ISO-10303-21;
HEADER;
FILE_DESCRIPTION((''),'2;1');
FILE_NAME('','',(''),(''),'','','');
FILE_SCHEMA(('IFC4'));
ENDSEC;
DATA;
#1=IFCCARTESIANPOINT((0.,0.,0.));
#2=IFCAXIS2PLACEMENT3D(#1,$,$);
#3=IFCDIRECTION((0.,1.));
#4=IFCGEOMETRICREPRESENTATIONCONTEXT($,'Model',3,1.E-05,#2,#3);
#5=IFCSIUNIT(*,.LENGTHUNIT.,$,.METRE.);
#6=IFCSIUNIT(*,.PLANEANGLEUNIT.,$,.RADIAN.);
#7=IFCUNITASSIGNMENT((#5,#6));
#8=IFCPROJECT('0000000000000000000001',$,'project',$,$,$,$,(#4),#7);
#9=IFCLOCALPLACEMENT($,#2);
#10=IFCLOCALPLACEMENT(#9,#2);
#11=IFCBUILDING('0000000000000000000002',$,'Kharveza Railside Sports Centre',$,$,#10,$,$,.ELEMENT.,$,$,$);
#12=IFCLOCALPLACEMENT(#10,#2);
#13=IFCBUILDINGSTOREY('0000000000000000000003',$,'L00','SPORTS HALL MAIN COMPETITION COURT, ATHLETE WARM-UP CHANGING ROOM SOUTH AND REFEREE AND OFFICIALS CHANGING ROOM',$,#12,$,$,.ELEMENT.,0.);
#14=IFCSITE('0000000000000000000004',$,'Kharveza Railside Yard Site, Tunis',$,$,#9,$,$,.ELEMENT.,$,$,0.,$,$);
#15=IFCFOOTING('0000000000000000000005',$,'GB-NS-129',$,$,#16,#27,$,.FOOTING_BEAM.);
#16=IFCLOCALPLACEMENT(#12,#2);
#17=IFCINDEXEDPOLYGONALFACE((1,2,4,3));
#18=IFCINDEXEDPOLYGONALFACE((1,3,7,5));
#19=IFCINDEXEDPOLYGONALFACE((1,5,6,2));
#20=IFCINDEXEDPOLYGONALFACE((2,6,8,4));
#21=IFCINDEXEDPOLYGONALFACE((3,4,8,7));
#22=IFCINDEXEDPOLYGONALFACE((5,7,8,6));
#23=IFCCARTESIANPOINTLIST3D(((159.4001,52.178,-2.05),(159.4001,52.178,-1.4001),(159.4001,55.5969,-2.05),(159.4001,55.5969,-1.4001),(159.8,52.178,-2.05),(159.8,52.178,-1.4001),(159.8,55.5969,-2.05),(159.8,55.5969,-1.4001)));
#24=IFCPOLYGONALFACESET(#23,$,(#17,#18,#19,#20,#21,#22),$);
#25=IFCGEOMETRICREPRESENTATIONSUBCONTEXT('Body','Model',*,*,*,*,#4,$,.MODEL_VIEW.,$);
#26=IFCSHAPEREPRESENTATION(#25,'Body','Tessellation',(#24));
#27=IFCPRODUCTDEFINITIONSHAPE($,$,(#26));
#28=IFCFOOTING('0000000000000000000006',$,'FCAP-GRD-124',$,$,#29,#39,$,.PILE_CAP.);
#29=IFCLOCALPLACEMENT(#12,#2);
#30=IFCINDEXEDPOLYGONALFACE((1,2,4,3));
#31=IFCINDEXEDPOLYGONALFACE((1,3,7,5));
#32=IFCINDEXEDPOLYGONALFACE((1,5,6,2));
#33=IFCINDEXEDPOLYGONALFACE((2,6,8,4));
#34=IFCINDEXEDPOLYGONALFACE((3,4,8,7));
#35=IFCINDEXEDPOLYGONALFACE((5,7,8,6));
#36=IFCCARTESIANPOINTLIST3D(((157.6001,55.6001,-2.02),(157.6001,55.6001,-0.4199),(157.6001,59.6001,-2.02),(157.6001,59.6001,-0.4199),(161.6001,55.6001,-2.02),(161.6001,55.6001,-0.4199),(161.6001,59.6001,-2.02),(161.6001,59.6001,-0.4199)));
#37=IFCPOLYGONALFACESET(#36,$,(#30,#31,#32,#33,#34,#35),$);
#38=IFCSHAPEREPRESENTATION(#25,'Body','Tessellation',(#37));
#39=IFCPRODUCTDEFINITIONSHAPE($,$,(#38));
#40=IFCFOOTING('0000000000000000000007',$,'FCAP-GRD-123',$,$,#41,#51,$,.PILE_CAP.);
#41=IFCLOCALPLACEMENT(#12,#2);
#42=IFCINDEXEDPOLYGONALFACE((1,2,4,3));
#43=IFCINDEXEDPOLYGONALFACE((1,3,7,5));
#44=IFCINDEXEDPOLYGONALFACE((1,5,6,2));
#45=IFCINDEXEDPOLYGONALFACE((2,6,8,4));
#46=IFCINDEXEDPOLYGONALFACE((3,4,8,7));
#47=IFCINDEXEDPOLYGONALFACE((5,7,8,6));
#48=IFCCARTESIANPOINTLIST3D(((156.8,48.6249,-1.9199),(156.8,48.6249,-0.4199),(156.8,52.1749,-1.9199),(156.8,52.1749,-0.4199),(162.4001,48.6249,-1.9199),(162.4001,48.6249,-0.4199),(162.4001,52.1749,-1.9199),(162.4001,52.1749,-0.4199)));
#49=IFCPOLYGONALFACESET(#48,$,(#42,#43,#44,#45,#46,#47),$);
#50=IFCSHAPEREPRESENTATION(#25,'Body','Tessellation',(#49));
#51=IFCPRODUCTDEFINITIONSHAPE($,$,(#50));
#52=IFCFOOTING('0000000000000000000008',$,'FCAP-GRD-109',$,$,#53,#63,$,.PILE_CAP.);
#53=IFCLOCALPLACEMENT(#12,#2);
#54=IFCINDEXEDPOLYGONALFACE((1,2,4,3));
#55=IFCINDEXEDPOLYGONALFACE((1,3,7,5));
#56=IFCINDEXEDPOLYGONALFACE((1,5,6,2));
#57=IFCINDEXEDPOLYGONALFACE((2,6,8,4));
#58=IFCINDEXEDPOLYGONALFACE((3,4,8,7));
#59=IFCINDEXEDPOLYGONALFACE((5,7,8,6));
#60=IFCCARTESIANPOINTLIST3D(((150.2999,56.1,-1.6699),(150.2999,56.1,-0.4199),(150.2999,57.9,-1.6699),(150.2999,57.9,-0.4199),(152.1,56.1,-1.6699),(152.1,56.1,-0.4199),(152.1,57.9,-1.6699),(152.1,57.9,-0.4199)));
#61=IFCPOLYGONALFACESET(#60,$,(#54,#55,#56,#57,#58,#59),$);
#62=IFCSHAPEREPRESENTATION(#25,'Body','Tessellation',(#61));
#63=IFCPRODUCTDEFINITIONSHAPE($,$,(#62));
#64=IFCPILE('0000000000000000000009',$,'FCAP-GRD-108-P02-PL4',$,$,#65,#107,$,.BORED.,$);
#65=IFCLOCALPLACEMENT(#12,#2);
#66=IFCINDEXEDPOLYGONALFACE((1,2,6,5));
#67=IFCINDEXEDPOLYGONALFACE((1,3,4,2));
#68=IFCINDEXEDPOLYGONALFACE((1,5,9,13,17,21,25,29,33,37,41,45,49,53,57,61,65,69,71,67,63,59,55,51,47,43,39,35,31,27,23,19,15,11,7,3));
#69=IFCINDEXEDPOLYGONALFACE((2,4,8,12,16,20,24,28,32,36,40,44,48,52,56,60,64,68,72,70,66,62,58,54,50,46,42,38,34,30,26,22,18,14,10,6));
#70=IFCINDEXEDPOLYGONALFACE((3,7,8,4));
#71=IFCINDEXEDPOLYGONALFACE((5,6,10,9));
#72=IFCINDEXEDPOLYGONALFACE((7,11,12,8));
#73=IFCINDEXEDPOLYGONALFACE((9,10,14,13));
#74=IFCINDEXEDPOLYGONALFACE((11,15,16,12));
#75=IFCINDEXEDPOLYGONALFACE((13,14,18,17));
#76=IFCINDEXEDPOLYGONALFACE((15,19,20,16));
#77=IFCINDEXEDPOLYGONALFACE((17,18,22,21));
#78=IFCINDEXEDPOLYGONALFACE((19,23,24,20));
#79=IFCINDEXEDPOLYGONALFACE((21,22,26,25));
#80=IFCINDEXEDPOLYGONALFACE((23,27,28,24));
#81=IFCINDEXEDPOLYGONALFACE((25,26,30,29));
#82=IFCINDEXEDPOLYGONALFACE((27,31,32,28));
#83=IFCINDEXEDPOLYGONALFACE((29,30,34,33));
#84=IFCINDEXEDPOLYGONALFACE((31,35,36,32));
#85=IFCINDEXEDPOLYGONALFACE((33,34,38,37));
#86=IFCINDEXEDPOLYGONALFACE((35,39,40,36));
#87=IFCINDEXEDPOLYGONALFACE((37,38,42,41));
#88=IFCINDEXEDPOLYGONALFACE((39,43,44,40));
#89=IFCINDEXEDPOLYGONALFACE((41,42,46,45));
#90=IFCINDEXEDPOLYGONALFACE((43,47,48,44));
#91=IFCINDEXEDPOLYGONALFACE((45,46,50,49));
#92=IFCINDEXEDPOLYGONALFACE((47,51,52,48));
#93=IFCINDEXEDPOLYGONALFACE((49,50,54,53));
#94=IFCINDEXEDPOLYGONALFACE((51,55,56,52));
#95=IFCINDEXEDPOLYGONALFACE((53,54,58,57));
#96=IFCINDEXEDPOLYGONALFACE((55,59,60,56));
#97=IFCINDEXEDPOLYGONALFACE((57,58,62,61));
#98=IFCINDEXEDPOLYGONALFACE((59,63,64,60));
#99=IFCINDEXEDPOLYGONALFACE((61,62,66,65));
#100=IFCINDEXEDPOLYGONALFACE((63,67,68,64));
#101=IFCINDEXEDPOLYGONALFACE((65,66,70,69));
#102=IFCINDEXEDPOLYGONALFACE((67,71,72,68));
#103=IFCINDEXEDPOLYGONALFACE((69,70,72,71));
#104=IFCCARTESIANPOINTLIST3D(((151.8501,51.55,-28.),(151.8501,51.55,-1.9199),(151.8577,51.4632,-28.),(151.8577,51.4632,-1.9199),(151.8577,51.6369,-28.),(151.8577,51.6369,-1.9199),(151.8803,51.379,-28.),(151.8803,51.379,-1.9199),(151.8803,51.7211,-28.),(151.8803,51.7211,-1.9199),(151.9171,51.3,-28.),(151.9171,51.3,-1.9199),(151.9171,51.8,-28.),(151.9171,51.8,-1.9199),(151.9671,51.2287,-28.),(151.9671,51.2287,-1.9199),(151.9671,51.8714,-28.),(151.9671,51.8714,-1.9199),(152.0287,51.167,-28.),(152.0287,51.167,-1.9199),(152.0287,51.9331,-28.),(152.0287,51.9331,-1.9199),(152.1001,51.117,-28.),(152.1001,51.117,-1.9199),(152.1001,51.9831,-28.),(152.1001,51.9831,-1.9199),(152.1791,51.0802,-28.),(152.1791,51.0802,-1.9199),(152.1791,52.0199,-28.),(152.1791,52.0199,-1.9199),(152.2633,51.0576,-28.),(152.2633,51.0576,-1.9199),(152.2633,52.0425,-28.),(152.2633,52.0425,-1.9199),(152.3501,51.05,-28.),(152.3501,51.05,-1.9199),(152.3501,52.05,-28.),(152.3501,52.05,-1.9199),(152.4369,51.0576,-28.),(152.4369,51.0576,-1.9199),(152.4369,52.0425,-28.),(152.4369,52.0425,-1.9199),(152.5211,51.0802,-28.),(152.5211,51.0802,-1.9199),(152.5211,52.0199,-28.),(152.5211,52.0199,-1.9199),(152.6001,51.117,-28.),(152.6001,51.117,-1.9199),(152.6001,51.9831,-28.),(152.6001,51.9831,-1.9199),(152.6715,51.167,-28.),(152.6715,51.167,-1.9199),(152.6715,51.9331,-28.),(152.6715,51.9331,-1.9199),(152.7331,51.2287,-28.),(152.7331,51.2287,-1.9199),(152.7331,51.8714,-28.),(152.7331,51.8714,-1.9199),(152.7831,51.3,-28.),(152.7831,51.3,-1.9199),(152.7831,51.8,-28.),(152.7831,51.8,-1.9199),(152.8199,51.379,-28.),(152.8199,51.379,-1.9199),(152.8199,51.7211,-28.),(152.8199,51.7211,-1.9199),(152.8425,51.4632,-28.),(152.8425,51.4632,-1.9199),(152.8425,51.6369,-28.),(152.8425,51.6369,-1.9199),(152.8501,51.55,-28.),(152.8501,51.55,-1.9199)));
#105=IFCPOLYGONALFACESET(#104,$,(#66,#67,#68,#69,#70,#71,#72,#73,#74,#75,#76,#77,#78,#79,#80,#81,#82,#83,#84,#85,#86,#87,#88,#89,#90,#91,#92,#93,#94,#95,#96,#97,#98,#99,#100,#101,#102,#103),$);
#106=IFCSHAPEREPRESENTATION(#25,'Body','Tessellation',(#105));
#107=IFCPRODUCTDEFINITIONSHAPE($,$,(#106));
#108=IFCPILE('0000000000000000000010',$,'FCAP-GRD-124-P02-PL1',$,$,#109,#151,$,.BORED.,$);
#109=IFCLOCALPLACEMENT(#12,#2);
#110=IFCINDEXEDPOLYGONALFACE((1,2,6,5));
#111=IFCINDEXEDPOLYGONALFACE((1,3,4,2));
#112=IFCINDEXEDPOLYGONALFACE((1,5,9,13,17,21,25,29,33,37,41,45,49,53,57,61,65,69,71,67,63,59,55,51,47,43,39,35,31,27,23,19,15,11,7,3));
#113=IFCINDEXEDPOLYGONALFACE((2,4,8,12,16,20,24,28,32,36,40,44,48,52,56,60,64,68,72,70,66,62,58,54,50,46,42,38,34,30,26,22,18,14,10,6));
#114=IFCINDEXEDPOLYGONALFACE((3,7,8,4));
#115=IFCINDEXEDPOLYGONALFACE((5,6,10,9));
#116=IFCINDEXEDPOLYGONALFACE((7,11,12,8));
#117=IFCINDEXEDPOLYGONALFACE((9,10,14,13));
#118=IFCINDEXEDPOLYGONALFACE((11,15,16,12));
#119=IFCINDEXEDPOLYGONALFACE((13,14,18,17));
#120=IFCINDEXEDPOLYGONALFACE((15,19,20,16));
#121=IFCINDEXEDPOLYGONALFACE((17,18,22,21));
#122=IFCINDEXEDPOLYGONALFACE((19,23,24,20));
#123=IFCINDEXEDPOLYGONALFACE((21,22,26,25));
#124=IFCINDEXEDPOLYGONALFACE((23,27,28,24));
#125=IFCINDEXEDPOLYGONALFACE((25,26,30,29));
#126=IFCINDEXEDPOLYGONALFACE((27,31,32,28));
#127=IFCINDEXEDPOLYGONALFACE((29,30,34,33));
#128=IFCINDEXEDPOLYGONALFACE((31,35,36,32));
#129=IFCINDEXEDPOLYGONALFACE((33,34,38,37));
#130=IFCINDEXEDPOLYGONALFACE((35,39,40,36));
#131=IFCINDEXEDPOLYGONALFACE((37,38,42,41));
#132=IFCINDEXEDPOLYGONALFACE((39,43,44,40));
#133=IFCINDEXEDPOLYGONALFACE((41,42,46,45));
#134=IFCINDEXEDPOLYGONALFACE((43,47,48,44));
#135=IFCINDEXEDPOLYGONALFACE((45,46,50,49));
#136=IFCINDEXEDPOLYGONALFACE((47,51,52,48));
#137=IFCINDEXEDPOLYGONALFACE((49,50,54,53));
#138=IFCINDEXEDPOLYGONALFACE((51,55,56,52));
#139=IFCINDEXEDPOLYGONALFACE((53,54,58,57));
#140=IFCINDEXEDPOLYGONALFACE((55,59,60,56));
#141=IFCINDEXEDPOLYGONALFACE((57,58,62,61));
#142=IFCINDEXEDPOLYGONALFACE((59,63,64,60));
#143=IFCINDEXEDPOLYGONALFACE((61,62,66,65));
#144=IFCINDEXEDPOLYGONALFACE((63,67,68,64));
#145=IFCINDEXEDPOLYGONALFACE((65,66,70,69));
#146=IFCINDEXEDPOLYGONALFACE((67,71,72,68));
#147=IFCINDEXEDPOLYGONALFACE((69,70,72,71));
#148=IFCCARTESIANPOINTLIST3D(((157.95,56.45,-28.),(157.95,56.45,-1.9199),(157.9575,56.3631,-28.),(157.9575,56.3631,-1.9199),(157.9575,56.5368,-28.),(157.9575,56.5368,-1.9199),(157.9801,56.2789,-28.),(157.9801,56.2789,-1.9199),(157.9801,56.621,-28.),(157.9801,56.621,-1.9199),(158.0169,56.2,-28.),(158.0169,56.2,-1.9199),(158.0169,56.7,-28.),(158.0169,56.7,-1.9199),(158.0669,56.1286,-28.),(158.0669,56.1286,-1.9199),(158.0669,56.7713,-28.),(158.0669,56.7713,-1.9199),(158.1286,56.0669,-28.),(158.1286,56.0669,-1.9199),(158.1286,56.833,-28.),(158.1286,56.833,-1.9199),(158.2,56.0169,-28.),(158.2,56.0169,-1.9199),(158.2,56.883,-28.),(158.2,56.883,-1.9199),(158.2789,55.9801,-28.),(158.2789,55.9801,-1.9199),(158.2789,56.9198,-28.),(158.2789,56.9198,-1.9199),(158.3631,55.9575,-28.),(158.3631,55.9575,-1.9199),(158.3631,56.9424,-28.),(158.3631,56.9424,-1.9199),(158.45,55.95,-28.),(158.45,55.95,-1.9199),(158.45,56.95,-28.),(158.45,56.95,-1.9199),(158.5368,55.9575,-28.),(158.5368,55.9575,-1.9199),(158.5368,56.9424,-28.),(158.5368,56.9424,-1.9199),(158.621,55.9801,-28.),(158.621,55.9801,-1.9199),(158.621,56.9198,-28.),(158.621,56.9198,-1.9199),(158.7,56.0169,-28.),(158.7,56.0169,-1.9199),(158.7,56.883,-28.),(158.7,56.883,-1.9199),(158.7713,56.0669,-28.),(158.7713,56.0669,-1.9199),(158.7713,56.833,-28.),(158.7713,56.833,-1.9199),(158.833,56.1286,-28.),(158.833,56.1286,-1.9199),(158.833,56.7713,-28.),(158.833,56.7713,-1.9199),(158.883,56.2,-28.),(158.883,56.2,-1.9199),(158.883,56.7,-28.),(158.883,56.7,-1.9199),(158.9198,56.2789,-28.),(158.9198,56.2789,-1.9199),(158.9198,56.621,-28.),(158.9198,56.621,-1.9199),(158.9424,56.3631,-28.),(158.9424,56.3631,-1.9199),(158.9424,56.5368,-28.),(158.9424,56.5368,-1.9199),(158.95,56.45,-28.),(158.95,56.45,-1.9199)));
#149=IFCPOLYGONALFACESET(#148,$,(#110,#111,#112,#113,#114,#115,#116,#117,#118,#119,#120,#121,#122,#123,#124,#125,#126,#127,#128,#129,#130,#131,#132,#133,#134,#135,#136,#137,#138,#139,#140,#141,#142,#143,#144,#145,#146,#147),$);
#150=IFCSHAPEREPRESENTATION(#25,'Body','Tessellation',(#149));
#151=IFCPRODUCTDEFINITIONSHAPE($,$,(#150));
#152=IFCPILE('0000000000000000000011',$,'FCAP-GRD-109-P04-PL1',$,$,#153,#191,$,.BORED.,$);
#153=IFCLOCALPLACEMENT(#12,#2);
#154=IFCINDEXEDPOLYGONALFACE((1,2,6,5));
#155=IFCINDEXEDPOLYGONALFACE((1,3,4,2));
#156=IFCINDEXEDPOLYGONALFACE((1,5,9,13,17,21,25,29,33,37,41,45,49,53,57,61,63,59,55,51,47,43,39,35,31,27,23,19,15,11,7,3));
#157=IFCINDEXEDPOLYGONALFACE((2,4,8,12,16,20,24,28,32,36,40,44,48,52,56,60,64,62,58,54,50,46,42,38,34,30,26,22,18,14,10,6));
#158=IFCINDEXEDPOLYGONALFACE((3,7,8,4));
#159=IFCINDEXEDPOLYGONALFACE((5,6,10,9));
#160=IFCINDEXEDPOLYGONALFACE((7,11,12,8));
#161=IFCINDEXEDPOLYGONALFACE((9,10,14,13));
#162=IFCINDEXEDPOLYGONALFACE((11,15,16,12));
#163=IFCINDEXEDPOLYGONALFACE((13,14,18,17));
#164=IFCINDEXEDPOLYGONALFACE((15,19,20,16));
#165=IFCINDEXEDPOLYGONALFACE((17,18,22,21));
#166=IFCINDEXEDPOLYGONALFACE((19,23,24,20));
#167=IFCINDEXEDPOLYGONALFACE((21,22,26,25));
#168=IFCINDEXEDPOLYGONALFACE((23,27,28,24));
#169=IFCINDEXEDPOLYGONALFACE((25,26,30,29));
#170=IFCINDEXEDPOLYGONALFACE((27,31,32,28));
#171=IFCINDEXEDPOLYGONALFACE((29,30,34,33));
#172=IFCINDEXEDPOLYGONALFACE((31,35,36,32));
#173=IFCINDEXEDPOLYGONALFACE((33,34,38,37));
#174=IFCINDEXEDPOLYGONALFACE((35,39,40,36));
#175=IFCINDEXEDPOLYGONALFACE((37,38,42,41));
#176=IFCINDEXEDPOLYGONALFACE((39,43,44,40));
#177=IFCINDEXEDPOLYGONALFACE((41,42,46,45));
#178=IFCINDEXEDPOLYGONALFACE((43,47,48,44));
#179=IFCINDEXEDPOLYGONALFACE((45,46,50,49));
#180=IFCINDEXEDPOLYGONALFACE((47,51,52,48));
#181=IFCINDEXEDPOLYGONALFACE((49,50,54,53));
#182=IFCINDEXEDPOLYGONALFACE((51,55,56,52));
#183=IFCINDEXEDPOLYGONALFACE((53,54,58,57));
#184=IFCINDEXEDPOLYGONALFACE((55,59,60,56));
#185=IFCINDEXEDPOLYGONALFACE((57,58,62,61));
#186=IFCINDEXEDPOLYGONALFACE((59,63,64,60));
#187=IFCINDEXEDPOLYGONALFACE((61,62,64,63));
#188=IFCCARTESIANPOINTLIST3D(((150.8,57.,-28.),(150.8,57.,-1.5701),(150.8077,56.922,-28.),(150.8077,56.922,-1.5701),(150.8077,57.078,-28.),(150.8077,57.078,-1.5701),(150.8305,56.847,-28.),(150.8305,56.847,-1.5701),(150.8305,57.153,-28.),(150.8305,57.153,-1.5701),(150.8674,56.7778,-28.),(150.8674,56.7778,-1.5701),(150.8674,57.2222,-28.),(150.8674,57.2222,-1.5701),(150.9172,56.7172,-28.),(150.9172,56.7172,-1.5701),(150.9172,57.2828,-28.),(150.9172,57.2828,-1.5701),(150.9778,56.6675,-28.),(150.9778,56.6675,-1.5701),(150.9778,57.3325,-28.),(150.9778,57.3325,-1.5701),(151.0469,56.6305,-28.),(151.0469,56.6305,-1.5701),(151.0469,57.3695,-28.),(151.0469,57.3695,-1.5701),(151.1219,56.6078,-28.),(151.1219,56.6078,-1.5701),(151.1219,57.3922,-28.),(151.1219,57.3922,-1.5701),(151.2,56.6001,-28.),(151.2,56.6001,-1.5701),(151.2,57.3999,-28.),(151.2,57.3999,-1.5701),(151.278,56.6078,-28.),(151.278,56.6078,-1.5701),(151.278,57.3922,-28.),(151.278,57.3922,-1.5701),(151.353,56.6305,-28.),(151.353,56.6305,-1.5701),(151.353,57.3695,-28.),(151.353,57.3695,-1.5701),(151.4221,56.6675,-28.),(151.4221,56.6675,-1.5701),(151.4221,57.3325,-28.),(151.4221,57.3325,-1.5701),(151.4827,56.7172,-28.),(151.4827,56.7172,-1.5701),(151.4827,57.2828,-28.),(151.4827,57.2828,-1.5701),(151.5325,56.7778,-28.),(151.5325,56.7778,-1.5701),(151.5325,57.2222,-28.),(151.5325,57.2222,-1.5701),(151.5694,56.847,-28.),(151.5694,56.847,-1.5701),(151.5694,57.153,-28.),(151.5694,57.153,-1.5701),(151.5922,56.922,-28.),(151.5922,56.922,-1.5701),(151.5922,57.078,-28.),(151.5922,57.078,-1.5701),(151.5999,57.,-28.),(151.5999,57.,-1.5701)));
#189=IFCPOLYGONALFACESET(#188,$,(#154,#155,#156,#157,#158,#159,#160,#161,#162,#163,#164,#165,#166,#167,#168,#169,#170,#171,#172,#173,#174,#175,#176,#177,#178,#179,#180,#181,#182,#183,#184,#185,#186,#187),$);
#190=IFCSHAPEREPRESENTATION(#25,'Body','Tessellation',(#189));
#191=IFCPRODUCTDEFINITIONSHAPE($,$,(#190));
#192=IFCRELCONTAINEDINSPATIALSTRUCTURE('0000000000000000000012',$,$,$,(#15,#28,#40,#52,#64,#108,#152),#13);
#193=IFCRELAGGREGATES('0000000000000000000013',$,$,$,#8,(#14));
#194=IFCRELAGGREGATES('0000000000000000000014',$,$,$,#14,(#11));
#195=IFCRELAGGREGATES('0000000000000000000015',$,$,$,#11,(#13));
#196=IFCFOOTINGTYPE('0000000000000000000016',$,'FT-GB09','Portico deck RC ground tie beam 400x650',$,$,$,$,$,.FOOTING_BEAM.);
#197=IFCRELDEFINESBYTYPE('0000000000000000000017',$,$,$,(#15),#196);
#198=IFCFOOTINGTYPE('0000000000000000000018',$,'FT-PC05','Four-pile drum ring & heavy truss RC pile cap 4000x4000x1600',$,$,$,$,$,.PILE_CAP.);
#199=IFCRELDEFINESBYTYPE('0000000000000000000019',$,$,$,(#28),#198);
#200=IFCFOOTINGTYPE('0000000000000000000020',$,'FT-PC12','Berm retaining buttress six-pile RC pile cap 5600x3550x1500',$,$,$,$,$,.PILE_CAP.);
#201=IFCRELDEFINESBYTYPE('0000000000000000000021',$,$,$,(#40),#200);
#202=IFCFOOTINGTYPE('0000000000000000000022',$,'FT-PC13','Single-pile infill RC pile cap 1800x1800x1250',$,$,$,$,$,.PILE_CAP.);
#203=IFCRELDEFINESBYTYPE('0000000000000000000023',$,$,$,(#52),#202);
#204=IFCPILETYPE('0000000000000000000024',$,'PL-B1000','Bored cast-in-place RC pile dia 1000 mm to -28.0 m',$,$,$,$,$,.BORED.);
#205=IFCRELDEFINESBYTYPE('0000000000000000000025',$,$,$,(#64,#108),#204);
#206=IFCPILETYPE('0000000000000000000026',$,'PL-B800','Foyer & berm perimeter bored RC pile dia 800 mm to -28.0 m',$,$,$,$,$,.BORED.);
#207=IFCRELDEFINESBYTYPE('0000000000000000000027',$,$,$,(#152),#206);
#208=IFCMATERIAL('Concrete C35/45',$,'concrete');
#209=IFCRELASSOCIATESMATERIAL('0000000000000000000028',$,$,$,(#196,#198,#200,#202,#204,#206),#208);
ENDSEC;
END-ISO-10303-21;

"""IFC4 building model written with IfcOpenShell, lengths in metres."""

from ifc_helpers import new_model, si_unit, direction, frame, origin, origin_2d, place, context, subcontext, project, spatial, rectangle, circle, extrude, material, material_profile, profile_set, type_object, element, save


model = new_model("IFC4")

# Units and contexts
model_context = context("Model", 3, precision=1e-05, world=origin(), true_north=direction((0.0, 1.0)))
body_context = subcontext(model_context, "Body", "Model", "MODEL_VIEW")
ifc_project = project(units=[si_unit("LENGTHUNIT", "METRE"), si_unit("PLANEANGLEUNIT", "RADIAN")], contexts=[model_context])

# Site, building, storey
site_placement = place(None, origin())
site = spatial("IfcSite", under=ifc_project, at=site_placement, Name="Kharveza Railside Yard Site, Tunis", CompositionType="ELEMENT", RefElevation=0.0)
building_placement = place(site_placement, origin())
building = spatial("IfcBuilding", under=site, at=building_placement, Name="Kharveza Railside Sports Centre", CompositionType="ELEMENT")
storey_placement = place(building_placement, origin())
storey = spatial("IfcBuildingStorey", under=building, at=storey_placement, Name="L00", Description="SPORTS HALL MAIN COMPETITION COURT, ATHLETE WARM-UP CHANGING ROOM SOUTH AND REFEREE AND OFFICIALS CHANGING ROOM", CompositionType="ELEMENT", Elevation=0.0)

# Footings
ifc_material_1 = material(Name="Concrete C35/45", Category="concrete")
ifc_material_profile_1 = material_profile(ifc_material_1, rectangle(XDim=0.3999, YDim=0.6499, at=origin_2d()), Name="GB 400x650")
ifc_profile_set_1 = profile_set([ifc_material_profile_1], Name="Concrete C35/45")
footing_type_1 = type_object("IfcFootingType", Name="FT-GB09", Description="Portico deck RC ground tie beam 400x650", PredefinedType="FOOTING_BEAM", material=ifc_profile_set_1)
footing_1_placement = place(storey_placement, frame((159.6001, 52.178, -1.7251), z_axis=(0.0, 1.0, 0.0), x_axis=(-1.0, 0.0, 0.0)))
element("IfcFooting", 1, at=footing_1_placement, inside=storey, type_object=footing_type_1, Name="GB-NS-129", PredefinedType="FOOTING_BEAM", context=body_context, shape_type="SweptSolid", body=[
    extrude(rectangle(XDim=0.3999, YDim=0.6499, at=origin_2d()), origin(), (0.0, 0.0, 1.0), 3.4189),
])
footing_type_2 = type_object("IfcFootingType", Name="FT-PC05", Description="Four-pile drum ring & heavy truss RC pile cap 4000x4000x1600", PredefinedType="PILE_CAP", material=ifc_material_1)
footing_2_placement = place(storey_placement, frame((159.6001, 57.6001, -2.02), z_axis=(0.0, 0.0, 1.0), x_axis=(1.0, 0.0, 0.0)))
element("IfcFooting", 2, at=footing_2_placement, inside=storey, type_object=footing_type_2, Name="FCAP-GRD-124", PredefinedType="PILE_CAP", context=body_context, shape_type="SweptSolid", body=[
    extrude(rectangle(XDim=4.0, YDim=4.0, at=origin_2d()), origin(), (0.0, 0.0, 1.0), 1.6001),
])
footing_type_3 = type_object("IfcFootingType", Name="FT-PC12", Description="Berm retaining buttress six-pile RC pile cap 5600x3550x1500", PredefinedType="PILE_CAP", material=ifc_material_1)
footing_3_placement = place(storey_placement, frame((159.6001, 50.3999, -1.9199), z_axis=(0.0, 0.0, 1.0), x_axis=(1.0, 0.0, 0.0)))
element("IfcFooting", 3, at=footing_3_placement, inside=storey, type_object=footing_type_3, Name="FCAP-GRD-123", PredefinedType="PILE_CAP", context=body_context, shape_type="SweptSolid", body=[
    extrude(rectangle(XDim=5.6001, YDim=3.55, at=origin_2d()), origin(), (0.0, 0.0, 1.0), 1.5),
])
footing_type_4 = type_object("IfcFootingType", Name="FT-PC13", Description="Single-pile infill RC pile cap 1800x1800x1250", PredefinedType="PILE_CAP", material=ifc_material_1)
footing_4_placement = place(storey_placement, frame((151.2, 57.0, -1.6699), z_axis=(0.0, 0.0, 1.0), x_axis=(1.0, 0.0, 0.0)))
element("IfcFooting", 4, at=footing_4_placement, inside=storey, type_object=footing_type_4, Name="FCAP-GRD-109", PredefinedType="PILE_CAP", context=body_context, shape_type="SweptSolid", body=[
    extrude(rectangle(XDim=1.8, YDim=1.8, at=origin_2d()), origin(), (0.0, 0.0, 1.0), 1.25),
])

# Piles
ifc_material_profile_2 = material_profile(ifc_material_1, circle(Radius=0.5, at=origin_2d()), Name="PILE D1000")
ifc_profile_set_2 = profile_set([ifc_material_profile_2], Name="Concrete C35/45")
pile_type_1 = type_object("IfcPileType", Name="PL-B1000", Description="Bored cast-in-place RC pile dia 1000 mm to -28.0 m", PredefinedType="BORED", material=ifc_profile_set_2)
for number, where, z_axis, x_axis, name in (
    (5, (152.3501, 51.55, -1.9199), (0.0, 0.0, -1.0), (1.0, 0.0, 0.0), "FCAP-GRD-108-P02-PL4"),
    (6, (158.45, 56.45, -1.9199), (0.0, 0.0, -1.0), (1.0, 0.0, 0.0), "FCAP-GRD-124-P02-PL1"),
):
    element("IfcPile", number, at=place(storey_placement, frame(where, z_axis=z_axis, x_axis=x_axis)), inside=storey, type_object=pile_type_1, Name=name, PredefinedType="BORED", context=body_context, shape_type="SweptSolid", body=[
        extrude(circle(Radius=0.5, at=origin_2d()), origin(), (0.0, 0.0, 1.0), 26.0801),
    ])
ifc_material_profile_3 = material_profile(ifc_material_1, circle(Radius=0.3999, at=origin_2d()), Name="PILE D800")
ifc_profile_set_3 = profile_set([ifc_material_profile_3], Name="Concrete C35/45")
pile_type_2 = type_object("IfcPileType", Name="PL-B800", Description="Foyer & berm perimeter bored RC pile dia 800 mm to -28.0 m", PredefinedType="BORED", material=ifc_profile_set_3)
pile_placement = place(storey_placement, frame((151.2, 57.0, -1.5701), z_axis=(0.0, 0.0, -1.0), x_axis=(1.0, 0.0, 0.0)))
element("IfcPile", 7, at=pile_placement, inside=storey, type_object=pile_type_2, Name="FCAP-GRD-109-P04-PL1", PredefinedType="BORED", context=body_context, shape_type="SweptSolid", body=[
    extrude(circle(Radius=0.3999, at=origin_2d()), origin(), (0.0, 0.0, 1.0), 26.4299),
])

save(model, "model.ifc")
